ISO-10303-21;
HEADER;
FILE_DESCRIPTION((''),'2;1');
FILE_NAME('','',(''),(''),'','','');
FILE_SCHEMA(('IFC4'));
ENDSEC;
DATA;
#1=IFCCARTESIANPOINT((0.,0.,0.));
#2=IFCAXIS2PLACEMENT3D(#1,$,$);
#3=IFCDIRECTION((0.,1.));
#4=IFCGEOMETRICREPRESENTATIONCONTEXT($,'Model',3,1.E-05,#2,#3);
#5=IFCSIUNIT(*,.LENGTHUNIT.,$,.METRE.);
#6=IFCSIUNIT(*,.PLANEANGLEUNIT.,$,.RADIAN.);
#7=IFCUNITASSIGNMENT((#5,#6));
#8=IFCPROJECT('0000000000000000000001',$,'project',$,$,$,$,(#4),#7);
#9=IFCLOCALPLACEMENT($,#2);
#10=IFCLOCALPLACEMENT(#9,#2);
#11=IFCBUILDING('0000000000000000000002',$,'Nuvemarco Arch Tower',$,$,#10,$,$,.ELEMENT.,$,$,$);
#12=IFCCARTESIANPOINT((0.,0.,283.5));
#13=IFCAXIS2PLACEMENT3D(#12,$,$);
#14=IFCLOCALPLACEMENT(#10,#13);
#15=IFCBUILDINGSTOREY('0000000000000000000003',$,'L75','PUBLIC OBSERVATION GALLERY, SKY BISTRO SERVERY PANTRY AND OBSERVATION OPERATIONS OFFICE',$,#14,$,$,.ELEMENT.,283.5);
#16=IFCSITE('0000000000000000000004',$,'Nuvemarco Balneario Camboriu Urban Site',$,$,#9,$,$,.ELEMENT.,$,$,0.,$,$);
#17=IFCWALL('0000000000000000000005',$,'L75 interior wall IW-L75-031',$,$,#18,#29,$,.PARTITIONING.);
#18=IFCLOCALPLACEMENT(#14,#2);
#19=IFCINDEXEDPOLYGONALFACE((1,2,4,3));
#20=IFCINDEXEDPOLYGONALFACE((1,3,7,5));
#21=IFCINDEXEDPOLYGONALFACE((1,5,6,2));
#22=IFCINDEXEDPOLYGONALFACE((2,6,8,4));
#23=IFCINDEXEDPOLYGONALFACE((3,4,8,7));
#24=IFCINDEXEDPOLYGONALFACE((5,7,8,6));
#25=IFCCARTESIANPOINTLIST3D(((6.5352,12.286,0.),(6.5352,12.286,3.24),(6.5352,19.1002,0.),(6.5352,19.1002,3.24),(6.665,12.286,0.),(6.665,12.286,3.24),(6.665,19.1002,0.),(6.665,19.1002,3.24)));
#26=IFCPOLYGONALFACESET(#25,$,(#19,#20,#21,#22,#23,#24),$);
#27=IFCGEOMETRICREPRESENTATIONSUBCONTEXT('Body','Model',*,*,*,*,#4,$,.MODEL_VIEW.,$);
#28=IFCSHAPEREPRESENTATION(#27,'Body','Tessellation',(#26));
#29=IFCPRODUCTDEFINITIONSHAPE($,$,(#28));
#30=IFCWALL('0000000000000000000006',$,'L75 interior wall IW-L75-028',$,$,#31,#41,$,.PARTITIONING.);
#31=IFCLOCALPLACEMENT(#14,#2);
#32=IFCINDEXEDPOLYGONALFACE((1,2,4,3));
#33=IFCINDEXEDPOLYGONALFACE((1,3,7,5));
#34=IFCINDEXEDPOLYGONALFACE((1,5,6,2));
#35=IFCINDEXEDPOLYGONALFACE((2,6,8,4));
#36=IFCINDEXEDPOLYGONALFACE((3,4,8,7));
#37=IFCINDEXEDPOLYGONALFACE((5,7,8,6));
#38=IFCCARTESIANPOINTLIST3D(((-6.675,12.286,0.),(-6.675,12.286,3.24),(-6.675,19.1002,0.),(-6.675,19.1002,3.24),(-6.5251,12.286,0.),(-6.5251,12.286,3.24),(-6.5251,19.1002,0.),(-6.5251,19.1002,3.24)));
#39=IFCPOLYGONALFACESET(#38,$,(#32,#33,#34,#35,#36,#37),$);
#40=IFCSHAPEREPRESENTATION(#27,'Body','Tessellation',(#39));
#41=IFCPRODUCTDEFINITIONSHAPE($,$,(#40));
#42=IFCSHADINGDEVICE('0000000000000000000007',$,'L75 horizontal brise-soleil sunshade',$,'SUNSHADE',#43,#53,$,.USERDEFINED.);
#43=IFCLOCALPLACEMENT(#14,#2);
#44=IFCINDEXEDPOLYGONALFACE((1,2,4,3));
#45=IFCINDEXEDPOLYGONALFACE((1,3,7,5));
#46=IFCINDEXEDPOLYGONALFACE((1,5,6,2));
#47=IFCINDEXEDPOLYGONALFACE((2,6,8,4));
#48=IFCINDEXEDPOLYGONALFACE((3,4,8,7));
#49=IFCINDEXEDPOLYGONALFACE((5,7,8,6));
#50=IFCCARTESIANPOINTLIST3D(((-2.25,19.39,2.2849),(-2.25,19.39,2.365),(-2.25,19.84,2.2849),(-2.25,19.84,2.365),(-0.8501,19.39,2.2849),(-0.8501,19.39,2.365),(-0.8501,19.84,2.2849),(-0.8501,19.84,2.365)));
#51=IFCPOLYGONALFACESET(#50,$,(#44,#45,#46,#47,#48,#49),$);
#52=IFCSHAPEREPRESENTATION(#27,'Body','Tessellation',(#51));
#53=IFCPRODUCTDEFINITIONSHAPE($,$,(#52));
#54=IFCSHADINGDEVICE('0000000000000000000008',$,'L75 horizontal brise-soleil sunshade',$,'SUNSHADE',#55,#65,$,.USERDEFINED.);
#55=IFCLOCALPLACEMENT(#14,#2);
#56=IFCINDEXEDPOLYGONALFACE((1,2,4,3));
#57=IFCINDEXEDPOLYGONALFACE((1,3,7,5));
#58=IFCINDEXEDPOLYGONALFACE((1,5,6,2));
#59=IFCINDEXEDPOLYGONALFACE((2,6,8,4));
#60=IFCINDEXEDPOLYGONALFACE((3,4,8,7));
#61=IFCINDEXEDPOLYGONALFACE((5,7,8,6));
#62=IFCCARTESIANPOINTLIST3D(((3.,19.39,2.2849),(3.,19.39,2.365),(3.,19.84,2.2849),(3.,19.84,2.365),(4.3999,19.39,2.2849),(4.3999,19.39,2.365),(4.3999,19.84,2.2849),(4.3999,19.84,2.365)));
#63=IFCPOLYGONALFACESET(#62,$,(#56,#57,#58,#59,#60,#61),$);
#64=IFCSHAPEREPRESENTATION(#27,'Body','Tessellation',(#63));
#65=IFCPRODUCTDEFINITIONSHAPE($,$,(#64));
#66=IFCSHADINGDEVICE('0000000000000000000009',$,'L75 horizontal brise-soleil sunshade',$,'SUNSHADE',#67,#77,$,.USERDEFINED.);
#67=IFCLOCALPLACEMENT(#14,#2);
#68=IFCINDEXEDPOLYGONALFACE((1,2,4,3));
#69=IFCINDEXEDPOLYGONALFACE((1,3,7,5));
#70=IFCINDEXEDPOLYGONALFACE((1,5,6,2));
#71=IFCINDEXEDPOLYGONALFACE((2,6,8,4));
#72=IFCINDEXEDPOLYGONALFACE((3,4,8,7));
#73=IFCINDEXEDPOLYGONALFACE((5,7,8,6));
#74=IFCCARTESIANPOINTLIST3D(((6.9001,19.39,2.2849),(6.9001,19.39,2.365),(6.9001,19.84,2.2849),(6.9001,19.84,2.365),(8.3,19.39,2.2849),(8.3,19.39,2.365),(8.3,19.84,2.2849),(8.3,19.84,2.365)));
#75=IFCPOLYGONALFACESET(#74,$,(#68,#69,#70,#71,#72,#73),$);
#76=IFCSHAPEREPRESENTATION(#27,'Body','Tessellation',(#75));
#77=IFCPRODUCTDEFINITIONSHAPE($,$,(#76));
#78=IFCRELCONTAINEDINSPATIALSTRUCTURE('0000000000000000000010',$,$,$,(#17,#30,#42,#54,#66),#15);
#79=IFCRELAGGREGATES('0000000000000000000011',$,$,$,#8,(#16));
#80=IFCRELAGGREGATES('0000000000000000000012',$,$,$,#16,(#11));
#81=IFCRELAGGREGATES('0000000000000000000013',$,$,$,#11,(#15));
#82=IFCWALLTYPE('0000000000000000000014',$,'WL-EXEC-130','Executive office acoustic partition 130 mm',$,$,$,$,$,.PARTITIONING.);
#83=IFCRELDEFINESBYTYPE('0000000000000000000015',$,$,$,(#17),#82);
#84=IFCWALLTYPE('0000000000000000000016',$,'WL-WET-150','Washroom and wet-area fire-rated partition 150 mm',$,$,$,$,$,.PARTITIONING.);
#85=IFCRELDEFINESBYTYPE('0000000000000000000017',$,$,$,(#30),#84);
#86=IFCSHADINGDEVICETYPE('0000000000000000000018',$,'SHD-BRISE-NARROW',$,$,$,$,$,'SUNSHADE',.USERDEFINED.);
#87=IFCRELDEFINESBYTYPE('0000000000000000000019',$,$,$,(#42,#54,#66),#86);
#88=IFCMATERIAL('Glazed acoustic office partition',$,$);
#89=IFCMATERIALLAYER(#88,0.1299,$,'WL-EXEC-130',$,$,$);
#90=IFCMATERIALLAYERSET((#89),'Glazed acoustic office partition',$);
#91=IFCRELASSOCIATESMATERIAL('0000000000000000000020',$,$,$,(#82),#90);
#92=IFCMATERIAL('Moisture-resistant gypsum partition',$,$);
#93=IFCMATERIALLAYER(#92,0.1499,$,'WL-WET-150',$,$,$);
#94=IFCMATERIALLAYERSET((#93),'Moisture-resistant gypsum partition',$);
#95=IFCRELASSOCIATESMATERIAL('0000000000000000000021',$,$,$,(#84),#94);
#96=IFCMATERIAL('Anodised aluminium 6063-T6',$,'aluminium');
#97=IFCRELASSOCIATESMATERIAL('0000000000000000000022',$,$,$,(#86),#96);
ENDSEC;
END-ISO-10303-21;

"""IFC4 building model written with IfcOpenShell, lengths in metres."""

from ifc_helpers import new_model, si_unit, direction, frame, frame_2d, origin, origin_2d, place, context, subcontext, project, spatial, rectangle, extrude, source, transform, mapped, material, layer, layer_set, type_object, type_shapes, element, save


model = new_model("IFC4")

# Units and contexts
model_context = context("Model", 3, precision=1e-05, world=origin(), true_north=direction((0.0, 1.0)))
body_context = subcontext(model_context, "Body", "Model", "MODEL_VIEW")
ifc_project = project(units=[si_unit("LENGTHUNIT", "METRE"), si_unit("PLANEANGLEUNIT", "RADIAN")], contexts=[model_context])

# Site, building, storey
site_placement = place(None, origin())
site = spatial("IfcSite", under=ifc_project, at=site_placement, Name="Nuvemarco Balneario Camboriu Urban Site", CompositionType="ELEMENT", RefElevation=0.0)
building_placement = place(site_placement, origin())
building = spatial("IfcBuilding", under=site, at=building_placement, Name="Nuvemarco Arch Tower", CompositionType="ELEMENT")
storey_placement = place(building_placement, frame((0.0, 0.0, 283.5)))
storey = spatial("IfcBuildingStorey", under=building, at=storey_placement, Name="L75", Description="PUBLIC OBSERVATION GALLERY, SKY BISTRO SERVERY PANTRY AND OBSERVATION OPERATIONS OFFICE", CompositionType="ELEMENT", Elevation=283.5)

# Walls
ifc_material_1 = material(Name="Glazed acoustic office partition")
ifc_layer_1 = layer(ifc_material_1, 0.1299, Name="WL-EXEC-130")
ifc_layer_set_1 = layer_set([ifc_layer_1], Name="Glazed acoustic office partition")
wall_type_1 = type_object("IfcWallType", Name="WL-EXEC-130", Description="Executive office acoustic partition 130 mm", PredefinedType="PARTITIONING", material=ifc_layer_set_1)
wall_1_placement = place(storey_placement, frame((6.6001, 12.2859, 0.0), z_axis=(0.0, 0.0, 1.0), x_axis=(0.0, 1.0, 0.0)))
element("IfcWall", 1, at=wall_1_placement, inside=storey, type_object=wall_type_1, Name="L75 interior wall IW-L75-031", PredefinedType="PARTITIONING", context=body_context, shape_type="SweptSolid", body=[
    extrude(rectangle(XDim=6.8142, YDim=0.1299, at=frame_2d((3.4072, 0.0))), origin(), (0.0, 0.0, 1.0), 3.24),
])
ifc_material_2 = material(Name="Moisture-resistant gypsum partition")
ifc_layer_2 = layer(ifc_material_2, 0.1499, Name="WL-WET-150")
ifc_layer_set_2 = layer_set([ifc_layer_2], Name="Moisture-resistant gypsum partition")
wall_type_2 = type_object("IfcWallType", Name="WL-WET-150", Description="Washroom and wet-area fire-rated partition 150 mm", PredefinedType="PARTITIONING", material=ifc_layer_set_2)
wall_2_placement = place(storey_placement, frame((-6.6001, 12.2859, 0.0), z_axis=(0.0, 0.0, 1.0), x_axis=(0.0, 1.0, 0.0)))
element("IfcWall", 2, at=wall_2_placement, inside=storey, type_object=wall_type_2, Name="L75 interior wall IW-L75-028", PredefinedType="PARTITIONING", context=body_context, shape_type="SweptSolid", body=[
    extrude(rectangle(XDim=6.8142, YDim=0.1499, at=frame_2d((3.4072, 0.0))), origin(), (0.0, 0.0, 1.0), 3.24),
])

# Shading devices
ifc_material_3 = material(Name="Anodised aluminium 6063-T6", Category="aluminium")
shading_device_type = type_object("IfcShadingDeviceType", Name="SHD-BRISE-NARROW", ElementType="SUNSHADE", PredefinedType="USERDEFINED", material=ifc_material_3)
shared_shape_1 = source(origin(), body_context, "Body", "SweptSolid", [
    extrude(rectangle(XDim=1.3999, YDim=0.45, at=origin_2d()), origin(), (0.0, 0.0, 1.0), 0.0801),
])
type_shapes(shading_device_type, [shared_shape_1])
for number, where, z_axis, x_axis, name in (
    (3, (-1.55, 19.615, 2.2849), (0.0, 0.0, 1.0), (1.0, 0.0, 0.0), "L75 horizontal brise-soleil sunshade"),
    (4, (3.7, 19.615, 2.2849), (0.0, 0.0, 1.0), (1.0, 0.0, 0.0), "L75 horizontal brise-soleil sunshade"),
    (5, (7.6001, 19.615, 2.2849), (0.0, 0.0, 1.0), (1.0, 0.0, 0.0), "L75 horizontal brise-soleil sunshade"),
):
    element("IfcShadingDevice", number, at=place(storey_placement, frame(where, z_axis=z_axis, x_axis=x_axis)), inside=storey, type_object=shading_device_type, Name=name, ObjectType="SUNSHADE", PredefinedType="USERDEFINED", context=body_context, shape_type="MappedRepresentation", body=[
        mapped(shared_shape_1, transform((0.0, 0.0, 0.0), scale=1.0)),
    ])

save(model, "model.ifc")
